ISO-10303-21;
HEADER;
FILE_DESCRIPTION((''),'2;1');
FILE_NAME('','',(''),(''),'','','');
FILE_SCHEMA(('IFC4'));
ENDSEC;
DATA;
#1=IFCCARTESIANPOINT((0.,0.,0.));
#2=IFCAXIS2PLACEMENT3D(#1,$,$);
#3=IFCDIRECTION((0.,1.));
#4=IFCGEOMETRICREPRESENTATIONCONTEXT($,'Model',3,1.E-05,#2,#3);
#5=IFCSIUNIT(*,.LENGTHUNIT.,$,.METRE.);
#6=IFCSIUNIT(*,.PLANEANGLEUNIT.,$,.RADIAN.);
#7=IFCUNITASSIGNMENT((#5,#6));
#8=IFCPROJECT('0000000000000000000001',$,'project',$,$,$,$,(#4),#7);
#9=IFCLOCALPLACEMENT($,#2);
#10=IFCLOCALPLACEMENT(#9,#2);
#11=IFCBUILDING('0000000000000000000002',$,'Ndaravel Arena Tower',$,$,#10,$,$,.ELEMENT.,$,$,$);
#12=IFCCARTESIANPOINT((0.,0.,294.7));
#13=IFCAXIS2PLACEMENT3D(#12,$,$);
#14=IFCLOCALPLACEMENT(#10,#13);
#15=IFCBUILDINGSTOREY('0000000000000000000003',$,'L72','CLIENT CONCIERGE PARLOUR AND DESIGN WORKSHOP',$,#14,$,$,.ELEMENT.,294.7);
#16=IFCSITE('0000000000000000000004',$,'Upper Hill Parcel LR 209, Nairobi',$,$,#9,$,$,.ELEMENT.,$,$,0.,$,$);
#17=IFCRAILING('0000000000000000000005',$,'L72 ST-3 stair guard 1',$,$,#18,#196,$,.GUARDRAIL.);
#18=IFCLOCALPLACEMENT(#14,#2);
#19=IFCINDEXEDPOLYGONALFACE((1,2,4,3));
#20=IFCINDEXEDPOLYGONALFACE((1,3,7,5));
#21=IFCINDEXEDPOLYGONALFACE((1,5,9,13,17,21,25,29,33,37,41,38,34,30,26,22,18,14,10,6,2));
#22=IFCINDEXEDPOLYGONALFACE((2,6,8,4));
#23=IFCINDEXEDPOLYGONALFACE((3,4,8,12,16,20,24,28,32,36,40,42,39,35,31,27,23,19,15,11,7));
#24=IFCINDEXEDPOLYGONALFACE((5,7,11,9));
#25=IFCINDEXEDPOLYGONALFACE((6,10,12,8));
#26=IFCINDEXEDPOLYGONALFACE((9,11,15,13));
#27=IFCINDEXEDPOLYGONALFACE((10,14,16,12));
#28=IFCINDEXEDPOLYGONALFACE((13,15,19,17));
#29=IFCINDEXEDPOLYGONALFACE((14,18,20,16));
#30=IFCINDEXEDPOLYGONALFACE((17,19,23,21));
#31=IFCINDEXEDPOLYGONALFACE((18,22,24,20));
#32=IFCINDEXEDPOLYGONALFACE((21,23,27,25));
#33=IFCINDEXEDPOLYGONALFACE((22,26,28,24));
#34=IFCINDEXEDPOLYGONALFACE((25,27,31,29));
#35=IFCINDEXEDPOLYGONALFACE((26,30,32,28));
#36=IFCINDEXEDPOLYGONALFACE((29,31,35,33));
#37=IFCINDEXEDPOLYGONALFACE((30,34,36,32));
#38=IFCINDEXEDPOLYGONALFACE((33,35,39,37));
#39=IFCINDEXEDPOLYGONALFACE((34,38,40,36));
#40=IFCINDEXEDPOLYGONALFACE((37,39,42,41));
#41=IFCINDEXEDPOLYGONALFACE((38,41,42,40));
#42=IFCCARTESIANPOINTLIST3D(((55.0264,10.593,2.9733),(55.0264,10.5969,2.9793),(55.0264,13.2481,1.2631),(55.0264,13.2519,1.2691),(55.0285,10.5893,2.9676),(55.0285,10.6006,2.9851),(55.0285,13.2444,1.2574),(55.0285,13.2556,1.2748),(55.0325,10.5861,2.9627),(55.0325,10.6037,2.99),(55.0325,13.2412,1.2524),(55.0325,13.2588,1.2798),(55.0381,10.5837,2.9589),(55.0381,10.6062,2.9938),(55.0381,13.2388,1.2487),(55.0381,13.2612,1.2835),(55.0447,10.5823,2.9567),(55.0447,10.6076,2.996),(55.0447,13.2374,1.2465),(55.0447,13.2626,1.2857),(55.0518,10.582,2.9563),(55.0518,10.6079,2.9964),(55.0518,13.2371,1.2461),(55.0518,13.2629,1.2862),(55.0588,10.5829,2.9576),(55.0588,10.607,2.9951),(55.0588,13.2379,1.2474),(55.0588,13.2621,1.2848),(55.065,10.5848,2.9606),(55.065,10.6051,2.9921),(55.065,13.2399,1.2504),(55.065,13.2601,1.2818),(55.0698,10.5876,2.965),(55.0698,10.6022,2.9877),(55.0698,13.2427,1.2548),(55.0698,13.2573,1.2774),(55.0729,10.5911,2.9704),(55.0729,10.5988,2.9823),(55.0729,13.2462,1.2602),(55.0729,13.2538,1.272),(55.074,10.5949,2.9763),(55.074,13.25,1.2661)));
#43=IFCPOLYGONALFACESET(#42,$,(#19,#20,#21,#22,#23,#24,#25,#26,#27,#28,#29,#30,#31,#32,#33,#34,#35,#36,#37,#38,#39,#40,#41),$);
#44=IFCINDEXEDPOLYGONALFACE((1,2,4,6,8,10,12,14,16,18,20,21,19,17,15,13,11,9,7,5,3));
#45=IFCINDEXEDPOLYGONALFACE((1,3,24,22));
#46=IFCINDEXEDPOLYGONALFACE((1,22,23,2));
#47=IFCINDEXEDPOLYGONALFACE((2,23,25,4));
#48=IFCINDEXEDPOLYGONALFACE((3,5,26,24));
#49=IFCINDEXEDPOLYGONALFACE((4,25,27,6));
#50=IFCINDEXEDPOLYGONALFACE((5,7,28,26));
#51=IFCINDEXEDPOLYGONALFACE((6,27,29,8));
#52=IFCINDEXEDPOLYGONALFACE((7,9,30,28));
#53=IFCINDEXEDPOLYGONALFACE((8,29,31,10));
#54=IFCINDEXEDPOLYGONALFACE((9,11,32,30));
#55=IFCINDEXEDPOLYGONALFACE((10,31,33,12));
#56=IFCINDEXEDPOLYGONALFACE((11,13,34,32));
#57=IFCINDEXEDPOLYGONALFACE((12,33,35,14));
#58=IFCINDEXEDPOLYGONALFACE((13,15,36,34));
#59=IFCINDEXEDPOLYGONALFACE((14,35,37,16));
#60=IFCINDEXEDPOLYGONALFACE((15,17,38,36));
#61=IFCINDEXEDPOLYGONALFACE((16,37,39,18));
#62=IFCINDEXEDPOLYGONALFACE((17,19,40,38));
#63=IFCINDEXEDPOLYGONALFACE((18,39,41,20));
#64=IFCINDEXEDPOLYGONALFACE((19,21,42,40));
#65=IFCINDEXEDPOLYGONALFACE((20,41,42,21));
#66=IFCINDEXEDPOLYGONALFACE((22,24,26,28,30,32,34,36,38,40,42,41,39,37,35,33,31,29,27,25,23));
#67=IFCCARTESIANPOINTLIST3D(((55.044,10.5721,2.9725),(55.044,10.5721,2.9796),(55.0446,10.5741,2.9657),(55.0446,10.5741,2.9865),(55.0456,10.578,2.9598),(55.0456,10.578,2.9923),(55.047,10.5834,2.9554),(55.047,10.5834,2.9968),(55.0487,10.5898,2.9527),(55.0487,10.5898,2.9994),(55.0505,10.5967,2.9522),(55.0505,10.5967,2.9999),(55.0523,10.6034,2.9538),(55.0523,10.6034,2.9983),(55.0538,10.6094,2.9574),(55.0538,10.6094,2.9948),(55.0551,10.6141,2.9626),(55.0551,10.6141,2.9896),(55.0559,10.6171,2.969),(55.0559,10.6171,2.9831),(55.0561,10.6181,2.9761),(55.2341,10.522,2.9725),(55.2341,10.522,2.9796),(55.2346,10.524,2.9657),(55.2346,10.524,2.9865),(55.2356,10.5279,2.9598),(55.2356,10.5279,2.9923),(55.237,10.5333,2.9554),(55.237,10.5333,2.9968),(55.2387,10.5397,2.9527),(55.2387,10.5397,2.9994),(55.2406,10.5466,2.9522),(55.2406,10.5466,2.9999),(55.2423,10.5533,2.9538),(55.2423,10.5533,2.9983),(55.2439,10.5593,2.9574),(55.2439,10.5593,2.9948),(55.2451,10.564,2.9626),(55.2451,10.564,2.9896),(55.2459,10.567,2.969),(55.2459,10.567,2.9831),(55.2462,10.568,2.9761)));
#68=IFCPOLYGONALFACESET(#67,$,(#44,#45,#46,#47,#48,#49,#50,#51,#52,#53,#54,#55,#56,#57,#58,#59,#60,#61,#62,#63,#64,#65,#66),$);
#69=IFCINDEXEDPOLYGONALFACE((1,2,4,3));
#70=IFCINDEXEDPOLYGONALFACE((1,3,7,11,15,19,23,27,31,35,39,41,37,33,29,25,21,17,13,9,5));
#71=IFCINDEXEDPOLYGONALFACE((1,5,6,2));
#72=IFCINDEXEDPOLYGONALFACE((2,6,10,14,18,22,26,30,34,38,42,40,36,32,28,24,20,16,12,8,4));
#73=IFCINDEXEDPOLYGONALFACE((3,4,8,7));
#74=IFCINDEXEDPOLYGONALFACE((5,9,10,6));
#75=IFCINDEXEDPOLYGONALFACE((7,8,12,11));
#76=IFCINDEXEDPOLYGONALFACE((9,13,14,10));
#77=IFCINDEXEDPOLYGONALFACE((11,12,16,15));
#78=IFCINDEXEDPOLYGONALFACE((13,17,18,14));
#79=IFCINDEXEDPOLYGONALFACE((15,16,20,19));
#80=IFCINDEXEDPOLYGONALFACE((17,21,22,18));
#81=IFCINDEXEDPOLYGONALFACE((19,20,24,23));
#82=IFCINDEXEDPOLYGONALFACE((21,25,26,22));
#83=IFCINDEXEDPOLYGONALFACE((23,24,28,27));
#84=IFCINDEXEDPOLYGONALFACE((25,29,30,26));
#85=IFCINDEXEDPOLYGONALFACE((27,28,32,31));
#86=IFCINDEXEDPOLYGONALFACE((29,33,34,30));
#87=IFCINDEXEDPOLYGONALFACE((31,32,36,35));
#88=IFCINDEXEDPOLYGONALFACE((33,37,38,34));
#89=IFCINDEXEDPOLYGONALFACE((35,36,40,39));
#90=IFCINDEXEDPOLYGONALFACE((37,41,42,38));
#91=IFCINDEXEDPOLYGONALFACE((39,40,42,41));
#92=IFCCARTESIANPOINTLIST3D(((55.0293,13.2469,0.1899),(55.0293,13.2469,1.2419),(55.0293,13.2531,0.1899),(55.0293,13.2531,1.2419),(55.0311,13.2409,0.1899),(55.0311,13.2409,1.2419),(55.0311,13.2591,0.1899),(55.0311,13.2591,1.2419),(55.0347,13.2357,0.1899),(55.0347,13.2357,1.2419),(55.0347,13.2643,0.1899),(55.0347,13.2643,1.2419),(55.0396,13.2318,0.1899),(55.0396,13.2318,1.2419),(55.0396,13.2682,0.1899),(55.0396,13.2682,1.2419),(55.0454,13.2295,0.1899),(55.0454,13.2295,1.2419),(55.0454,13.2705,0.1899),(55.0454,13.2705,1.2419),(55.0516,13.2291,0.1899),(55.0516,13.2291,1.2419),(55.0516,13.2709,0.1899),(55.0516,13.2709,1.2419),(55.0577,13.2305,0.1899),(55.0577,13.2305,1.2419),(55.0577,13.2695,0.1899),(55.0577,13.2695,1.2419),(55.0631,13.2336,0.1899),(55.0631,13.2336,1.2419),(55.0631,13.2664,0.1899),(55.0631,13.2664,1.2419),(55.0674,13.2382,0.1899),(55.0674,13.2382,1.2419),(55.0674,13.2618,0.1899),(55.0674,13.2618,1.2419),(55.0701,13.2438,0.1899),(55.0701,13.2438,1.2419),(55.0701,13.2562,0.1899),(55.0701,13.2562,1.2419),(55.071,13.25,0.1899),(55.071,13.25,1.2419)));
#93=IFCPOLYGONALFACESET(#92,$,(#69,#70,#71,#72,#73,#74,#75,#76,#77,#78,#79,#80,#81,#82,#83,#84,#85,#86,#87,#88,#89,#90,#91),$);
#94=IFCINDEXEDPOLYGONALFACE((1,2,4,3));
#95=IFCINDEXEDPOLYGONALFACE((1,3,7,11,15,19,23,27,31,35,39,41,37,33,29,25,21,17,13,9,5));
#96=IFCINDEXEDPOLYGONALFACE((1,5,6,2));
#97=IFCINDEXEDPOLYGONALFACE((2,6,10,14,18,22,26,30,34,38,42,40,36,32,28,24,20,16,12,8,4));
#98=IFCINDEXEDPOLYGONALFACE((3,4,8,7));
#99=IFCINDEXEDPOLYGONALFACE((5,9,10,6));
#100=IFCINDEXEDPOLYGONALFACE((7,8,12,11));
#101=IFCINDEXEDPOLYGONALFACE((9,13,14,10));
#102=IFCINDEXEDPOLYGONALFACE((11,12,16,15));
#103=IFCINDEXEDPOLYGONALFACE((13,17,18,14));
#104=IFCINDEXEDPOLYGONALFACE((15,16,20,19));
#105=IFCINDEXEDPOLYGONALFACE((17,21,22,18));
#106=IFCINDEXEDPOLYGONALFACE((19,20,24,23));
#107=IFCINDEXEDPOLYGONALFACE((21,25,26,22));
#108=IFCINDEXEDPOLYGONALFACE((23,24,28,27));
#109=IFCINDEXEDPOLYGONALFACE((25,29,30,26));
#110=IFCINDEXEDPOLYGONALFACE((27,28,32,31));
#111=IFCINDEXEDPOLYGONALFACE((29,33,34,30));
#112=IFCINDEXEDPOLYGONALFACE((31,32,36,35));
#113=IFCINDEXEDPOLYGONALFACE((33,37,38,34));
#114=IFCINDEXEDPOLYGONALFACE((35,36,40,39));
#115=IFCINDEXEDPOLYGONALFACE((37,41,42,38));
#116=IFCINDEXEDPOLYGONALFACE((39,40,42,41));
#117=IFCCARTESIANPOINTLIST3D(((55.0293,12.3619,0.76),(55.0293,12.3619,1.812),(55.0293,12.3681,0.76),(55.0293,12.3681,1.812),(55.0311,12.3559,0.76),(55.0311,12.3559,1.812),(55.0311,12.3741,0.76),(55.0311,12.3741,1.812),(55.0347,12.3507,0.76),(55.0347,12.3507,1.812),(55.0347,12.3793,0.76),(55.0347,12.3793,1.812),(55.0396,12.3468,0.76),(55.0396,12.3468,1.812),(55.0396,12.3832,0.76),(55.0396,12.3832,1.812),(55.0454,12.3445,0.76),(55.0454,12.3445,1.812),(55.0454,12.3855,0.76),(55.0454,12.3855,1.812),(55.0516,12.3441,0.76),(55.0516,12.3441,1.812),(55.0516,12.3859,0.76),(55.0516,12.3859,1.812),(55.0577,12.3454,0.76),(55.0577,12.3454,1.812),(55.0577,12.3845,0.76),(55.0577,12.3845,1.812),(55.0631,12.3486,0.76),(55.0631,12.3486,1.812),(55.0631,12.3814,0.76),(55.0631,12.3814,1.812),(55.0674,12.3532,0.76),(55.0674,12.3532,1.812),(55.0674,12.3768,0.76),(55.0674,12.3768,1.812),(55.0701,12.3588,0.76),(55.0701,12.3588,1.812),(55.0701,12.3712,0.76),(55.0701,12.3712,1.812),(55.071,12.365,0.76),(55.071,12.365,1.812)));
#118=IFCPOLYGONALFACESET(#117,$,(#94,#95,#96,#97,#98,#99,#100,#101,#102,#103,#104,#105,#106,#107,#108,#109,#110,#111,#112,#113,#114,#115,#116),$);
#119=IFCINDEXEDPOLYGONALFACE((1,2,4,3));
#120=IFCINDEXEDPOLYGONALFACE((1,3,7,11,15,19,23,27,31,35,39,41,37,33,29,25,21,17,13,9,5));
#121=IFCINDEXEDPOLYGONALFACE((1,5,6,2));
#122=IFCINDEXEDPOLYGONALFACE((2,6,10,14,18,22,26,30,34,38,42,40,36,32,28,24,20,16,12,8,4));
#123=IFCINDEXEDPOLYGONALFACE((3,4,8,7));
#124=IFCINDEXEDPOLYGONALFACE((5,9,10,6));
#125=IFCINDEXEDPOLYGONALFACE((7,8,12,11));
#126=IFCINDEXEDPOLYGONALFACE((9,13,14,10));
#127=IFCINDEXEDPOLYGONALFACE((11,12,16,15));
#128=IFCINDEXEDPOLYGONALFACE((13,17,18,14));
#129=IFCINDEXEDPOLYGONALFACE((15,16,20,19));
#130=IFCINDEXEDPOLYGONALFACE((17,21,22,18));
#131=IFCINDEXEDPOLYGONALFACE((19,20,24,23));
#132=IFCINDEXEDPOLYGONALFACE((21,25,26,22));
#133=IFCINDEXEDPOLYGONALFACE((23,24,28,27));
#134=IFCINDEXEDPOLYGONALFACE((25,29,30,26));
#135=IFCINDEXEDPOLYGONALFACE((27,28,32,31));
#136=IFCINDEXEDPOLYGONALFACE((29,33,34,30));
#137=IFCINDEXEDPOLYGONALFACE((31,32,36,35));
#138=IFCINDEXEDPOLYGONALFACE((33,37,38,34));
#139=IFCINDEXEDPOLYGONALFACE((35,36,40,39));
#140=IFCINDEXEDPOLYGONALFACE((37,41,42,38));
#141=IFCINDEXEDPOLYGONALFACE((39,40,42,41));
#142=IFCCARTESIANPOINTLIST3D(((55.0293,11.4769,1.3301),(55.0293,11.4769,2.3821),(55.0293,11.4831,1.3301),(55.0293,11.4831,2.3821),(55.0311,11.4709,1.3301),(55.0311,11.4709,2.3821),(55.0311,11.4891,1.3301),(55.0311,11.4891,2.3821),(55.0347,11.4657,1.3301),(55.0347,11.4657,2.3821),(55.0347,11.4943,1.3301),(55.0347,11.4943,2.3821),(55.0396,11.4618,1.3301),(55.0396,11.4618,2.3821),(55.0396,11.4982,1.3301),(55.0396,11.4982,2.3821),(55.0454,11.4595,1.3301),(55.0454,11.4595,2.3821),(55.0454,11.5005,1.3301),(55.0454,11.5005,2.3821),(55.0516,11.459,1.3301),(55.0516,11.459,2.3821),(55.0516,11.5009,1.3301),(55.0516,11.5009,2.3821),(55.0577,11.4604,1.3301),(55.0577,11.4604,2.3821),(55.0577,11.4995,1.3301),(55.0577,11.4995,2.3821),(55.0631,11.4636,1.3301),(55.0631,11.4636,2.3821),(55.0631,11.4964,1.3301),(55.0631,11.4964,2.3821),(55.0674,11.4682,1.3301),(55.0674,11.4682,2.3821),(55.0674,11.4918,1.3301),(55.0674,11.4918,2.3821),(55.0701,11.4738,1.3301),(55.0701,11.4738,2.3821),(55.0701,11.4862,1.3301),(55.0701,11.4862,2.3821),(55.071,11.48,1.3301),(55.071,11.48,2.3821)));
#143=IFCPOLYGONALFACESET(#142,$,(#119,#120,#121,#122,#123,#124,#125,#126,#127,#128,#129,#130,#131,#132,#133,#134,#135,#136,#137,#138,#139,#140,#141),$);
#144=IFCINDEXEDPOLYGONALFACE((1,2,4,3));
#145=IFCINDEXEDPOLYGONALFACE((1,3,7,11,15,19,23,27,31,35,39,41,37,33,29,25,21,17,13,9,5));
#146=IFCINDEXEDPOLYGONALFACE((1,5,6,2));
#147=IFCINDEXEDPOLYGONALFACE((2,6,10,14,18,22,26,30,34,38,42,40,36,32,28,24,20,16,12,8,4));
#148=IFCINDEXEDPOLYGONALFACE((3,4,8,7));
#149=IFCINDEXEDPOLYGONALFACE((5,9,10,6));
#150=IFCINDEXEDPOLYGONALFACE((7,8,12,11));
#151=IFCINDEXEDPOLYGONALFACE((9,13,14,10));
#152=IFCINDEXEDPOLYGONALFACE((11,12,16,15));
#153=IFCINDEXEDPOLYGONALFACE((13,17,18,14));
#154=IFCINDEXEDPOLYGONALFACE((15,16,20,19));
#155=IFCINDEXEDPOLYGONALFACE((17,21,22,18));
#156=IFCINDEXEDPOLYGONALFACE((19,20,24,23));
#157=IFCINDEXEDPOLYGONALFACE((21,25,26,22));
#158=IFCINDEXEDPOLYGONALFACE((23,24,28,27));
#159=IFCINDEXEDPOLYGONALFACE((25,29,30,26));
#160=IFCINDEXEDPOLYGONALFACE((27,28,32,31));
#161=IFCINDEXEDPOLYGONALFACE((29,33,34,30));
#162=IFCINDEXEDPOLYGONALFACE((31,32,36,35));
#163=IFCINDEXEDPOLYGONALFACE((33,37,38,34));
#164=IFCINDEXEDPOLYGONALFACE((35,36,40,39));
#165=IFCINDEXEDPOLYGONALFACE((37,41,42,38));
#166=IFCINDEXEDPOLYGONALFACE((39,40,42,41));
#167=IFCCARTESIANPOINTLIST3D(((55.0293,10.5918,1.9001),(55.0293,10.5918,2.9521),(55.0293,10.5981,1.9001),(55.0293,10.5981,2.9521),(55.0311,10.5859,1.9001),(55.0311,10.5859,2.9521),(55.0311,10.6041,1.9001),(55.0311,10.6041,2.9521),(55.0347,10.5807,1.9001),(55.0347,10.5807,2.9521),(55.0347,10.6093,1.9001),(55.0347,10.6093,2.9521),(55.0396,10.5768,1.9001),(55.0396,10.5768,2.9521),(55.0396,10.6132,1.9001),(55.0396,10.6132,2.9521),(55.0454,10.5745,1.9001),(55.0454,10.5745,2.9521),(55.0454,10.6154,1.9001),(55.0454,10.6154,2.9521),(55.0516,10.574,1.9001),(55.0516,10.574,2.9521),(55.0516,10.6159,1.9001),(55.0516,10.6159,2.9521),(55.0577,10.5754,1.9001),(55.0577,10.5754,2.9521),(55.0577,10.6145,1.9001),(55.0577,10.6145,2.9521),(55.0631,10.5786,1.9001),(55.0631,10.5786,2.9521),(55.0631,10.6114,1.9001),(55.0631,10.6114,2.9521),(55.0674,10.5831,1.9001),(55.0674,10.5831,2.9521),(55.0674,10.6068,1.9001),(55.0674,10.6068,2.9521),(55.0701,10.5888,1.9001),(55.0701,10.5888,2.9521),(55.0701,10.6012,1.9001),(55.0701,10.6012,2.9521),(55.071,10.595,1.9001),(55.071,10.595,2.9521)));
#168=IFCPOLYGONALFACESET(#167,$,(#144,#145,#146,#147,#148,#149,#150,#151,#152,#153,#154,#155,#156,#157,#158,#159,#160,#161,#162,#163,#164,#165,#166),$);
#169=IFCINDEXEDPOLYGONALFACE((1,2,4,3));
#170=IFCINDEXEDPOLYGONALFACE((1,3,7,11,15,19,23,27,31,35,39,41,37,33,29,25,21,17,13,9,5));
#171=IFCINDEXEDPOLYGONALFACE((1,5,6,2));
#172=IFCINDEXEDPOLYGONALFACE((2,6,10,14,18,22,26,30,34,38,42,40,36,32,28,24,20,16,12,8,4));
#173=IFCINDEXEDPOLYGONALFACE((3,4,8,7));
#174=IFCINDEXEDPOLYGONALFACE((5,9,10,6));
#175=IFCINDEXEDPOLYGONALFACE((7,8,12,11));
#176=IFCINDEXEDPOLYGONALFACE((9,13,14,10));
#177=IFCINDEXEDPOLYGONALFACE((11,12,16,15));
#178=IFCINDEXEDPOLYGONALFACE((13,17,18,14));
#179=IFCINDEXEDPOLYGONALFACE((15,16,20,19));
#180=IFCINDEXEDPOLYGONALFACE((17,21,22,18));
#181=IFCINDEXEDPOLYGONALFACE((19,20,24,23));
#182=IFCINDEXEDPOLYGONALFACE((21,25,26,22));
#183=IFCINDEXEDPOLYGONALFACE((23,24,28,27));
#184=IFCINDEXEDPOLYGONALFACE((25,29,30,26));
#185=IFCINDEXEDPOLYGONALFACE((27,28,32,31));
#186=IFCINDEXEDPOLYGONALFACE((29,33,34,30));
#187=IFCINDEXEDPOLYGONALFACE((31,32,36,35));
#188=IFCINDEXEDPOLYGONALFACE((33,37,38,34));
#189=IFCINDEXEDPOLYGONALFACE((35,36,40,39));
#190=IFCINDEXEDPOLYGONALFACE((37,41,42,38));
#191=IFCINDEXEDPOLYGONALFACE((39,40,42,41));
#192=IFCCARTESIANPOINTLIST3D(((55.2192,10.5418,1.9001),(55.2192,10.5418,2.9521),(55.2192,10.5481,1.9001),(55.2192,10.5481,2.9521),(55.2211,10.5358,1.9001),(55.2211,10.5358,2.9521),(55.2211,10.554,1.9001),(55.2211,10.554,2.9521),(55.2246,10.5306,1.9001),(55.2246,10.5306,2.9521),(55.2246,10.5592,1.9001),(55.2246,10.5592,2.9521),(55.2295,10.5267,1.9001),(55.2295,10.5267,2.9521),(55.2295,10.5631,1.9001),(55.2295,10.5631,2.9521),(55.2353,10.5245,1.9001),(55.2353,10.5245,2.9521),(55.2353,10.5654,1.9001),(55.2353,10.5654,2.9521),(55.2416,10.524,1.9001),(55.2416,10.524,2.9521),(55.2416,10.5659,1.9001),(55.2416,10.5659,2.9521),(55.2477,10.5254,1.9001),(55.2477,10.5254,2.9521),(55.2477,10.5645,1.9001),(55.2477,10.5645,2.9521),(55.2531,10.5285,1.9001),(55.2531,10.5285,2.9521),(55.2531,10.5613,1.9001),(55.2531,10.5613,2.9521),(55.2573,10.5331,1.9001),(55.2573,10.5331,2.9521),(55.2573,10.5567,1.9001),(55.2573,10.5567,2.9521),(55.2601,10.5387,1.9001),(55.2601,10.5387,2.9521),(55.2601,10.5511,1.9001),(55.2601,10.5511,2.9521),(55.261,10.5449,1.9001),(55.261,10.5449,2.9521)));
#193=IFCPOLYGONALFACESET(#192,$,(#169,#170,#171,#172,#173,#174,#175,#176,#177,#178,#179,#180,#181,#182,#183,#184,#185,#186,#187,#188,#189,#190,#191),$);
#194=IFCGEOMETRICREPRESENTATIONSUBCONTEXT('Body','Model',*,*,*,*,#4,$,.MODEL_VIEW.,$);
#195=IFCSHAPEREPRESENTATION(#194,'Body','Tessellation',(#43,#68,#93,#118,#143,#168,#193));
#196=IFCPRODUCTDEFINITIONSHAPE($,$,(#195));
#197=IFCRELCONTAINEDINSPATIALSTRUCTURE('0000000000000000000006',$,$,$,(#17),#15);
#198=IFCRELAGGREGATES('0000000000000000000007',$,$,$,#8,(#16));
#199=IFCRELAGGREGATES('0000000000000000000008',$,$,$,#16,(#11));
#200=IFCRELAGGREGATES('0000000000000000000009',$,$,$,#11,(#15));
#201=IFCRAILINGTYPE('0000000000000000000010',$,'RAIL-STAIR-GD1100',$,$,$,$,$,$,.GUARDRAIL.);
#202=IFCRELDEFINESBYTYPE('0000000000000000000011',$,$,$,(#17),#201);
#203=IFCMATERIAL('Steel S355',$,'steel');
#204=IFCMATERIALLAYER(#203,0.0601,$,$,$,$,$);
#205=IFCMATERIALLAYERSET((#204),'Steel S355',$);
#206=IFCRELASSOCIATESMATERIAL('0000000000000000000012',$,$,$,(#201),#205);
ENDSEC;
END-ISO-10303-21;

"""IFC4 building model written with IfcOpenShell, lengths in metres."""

from ifc_helpers import new_model, si_unit, direction, frame, origin, origin_2d, place, context, subcontext, project, spatial, circle, extrude, material, layer, layer_set, type_object, element, save


model = new_model("IFC4")

# Units and contexts
model_context = context("Model", 3, precision=1e-05, world=origin(), true_north=direction((0.0, 1.0)))
body_context = subcontext(model_context, "Body", "Model", "MODEL_VIEW")
ifc_project = project(units=[si_unit("LENGTHUNIT", "METRE"), si_unit("PLANEANGLEUNIT", "RADIAN")], contexts=[model_context])

# Site, building, storey
site_placement = place(None, origin())
site = spatial("IfcSite", under=ifc_project, at=site_placement, Name="Upper Hill Parcel LR 209, Nairobi", CompositionType="ELEMENT", RefElevation=0.0)
building_placement = place(site_placement, origin())
building = spatial("IfcBuilding", under=site, at=building_placement, Name="Ndaravel Arena Tower", CompositionType="ELEMENT")
storey_placement = place(building_placement, frame((0.0, 0.0, 294.7)))
storey = spatial("IfcBuildingStorey", under=building, at=storey_placement, Name="L72", Description="CLIENT CONCIERGE PARLOUR AND DESIGN WORKSHOP", CompositionType="ELEMENT", Elevation=294.7)

# Railing
ifc_material_1 = material(Name="Steel S355", Category="steel")
ifc_layer_1 = layer(ifc_material_1, 0.0601)
ifc_layer_set_1 = layer_set([ifc_layer_1], Name="Steel S355")
railing_type_1 = type_object("IfcRailingType", Name="RAIL-STAIR-GD1100", PredefinedType="GUARDRAIL", material=ifc_layer_set_1)
railing_1_placement = place(storey_placement, frame((55.05, 13.25, 0.1899)))
element("IfcRailing", 1, at=railing_1_placement, inside=storey, type_object=railing_type_1, Name="L72 ST-3 stair guard 1", PredefinedType="GUARDRAIL", context=body_context, shape_type="SweptSolid", body=[
    extrude(circle(Radius=0.0239, at=origin_2d()), frame((0.0, 0.0, 1.0762), z_axis=(0.0, -0.840688, 0.541519), x_axis=(1.0, 0.0, 0.0)), (0.0, 0.0, 1.0), 3.1582),
    extrude(circle(Radius=0.0239, at=origin_2d()), frame((0.0, -2.655, 2.7861), z_axis=(0.966994, -0.254799, 0.0), x_axis=(0.254799, 0.966994, 0.0)), (0.0, 0.0, 1.0), 0.1965),
    extrude(circle(Radius=0.021, at=origin_2d()), origin(), (0.0, 0.0, 1.0), 1.052),
    extrude(circle(Radius=0.021, at=origin_2d()), frame((0.0, -0.885, 0.5701)), (0.0, 0.0, 1.0), 1.052),
    extrude(circle(Radius=0.021, at=origin_2d()), frame((0.0, -1.77, 1.1401)), (0.0, 0.0, 1.0), 1.052),
    extrude(circle(Radius=0.021, at=origin_2d()), frame((0.0, -2.655, 1.7102)), (0.0, 0.0, 1.0), 1.052),
    extrude(circle(Radius=0.021, at=origin_2d()), frame((0.1899, -2.7051, 1.7102)), (0.0, 0.0, 1.0), 1.052),
])

save(model, "model.ifc")
